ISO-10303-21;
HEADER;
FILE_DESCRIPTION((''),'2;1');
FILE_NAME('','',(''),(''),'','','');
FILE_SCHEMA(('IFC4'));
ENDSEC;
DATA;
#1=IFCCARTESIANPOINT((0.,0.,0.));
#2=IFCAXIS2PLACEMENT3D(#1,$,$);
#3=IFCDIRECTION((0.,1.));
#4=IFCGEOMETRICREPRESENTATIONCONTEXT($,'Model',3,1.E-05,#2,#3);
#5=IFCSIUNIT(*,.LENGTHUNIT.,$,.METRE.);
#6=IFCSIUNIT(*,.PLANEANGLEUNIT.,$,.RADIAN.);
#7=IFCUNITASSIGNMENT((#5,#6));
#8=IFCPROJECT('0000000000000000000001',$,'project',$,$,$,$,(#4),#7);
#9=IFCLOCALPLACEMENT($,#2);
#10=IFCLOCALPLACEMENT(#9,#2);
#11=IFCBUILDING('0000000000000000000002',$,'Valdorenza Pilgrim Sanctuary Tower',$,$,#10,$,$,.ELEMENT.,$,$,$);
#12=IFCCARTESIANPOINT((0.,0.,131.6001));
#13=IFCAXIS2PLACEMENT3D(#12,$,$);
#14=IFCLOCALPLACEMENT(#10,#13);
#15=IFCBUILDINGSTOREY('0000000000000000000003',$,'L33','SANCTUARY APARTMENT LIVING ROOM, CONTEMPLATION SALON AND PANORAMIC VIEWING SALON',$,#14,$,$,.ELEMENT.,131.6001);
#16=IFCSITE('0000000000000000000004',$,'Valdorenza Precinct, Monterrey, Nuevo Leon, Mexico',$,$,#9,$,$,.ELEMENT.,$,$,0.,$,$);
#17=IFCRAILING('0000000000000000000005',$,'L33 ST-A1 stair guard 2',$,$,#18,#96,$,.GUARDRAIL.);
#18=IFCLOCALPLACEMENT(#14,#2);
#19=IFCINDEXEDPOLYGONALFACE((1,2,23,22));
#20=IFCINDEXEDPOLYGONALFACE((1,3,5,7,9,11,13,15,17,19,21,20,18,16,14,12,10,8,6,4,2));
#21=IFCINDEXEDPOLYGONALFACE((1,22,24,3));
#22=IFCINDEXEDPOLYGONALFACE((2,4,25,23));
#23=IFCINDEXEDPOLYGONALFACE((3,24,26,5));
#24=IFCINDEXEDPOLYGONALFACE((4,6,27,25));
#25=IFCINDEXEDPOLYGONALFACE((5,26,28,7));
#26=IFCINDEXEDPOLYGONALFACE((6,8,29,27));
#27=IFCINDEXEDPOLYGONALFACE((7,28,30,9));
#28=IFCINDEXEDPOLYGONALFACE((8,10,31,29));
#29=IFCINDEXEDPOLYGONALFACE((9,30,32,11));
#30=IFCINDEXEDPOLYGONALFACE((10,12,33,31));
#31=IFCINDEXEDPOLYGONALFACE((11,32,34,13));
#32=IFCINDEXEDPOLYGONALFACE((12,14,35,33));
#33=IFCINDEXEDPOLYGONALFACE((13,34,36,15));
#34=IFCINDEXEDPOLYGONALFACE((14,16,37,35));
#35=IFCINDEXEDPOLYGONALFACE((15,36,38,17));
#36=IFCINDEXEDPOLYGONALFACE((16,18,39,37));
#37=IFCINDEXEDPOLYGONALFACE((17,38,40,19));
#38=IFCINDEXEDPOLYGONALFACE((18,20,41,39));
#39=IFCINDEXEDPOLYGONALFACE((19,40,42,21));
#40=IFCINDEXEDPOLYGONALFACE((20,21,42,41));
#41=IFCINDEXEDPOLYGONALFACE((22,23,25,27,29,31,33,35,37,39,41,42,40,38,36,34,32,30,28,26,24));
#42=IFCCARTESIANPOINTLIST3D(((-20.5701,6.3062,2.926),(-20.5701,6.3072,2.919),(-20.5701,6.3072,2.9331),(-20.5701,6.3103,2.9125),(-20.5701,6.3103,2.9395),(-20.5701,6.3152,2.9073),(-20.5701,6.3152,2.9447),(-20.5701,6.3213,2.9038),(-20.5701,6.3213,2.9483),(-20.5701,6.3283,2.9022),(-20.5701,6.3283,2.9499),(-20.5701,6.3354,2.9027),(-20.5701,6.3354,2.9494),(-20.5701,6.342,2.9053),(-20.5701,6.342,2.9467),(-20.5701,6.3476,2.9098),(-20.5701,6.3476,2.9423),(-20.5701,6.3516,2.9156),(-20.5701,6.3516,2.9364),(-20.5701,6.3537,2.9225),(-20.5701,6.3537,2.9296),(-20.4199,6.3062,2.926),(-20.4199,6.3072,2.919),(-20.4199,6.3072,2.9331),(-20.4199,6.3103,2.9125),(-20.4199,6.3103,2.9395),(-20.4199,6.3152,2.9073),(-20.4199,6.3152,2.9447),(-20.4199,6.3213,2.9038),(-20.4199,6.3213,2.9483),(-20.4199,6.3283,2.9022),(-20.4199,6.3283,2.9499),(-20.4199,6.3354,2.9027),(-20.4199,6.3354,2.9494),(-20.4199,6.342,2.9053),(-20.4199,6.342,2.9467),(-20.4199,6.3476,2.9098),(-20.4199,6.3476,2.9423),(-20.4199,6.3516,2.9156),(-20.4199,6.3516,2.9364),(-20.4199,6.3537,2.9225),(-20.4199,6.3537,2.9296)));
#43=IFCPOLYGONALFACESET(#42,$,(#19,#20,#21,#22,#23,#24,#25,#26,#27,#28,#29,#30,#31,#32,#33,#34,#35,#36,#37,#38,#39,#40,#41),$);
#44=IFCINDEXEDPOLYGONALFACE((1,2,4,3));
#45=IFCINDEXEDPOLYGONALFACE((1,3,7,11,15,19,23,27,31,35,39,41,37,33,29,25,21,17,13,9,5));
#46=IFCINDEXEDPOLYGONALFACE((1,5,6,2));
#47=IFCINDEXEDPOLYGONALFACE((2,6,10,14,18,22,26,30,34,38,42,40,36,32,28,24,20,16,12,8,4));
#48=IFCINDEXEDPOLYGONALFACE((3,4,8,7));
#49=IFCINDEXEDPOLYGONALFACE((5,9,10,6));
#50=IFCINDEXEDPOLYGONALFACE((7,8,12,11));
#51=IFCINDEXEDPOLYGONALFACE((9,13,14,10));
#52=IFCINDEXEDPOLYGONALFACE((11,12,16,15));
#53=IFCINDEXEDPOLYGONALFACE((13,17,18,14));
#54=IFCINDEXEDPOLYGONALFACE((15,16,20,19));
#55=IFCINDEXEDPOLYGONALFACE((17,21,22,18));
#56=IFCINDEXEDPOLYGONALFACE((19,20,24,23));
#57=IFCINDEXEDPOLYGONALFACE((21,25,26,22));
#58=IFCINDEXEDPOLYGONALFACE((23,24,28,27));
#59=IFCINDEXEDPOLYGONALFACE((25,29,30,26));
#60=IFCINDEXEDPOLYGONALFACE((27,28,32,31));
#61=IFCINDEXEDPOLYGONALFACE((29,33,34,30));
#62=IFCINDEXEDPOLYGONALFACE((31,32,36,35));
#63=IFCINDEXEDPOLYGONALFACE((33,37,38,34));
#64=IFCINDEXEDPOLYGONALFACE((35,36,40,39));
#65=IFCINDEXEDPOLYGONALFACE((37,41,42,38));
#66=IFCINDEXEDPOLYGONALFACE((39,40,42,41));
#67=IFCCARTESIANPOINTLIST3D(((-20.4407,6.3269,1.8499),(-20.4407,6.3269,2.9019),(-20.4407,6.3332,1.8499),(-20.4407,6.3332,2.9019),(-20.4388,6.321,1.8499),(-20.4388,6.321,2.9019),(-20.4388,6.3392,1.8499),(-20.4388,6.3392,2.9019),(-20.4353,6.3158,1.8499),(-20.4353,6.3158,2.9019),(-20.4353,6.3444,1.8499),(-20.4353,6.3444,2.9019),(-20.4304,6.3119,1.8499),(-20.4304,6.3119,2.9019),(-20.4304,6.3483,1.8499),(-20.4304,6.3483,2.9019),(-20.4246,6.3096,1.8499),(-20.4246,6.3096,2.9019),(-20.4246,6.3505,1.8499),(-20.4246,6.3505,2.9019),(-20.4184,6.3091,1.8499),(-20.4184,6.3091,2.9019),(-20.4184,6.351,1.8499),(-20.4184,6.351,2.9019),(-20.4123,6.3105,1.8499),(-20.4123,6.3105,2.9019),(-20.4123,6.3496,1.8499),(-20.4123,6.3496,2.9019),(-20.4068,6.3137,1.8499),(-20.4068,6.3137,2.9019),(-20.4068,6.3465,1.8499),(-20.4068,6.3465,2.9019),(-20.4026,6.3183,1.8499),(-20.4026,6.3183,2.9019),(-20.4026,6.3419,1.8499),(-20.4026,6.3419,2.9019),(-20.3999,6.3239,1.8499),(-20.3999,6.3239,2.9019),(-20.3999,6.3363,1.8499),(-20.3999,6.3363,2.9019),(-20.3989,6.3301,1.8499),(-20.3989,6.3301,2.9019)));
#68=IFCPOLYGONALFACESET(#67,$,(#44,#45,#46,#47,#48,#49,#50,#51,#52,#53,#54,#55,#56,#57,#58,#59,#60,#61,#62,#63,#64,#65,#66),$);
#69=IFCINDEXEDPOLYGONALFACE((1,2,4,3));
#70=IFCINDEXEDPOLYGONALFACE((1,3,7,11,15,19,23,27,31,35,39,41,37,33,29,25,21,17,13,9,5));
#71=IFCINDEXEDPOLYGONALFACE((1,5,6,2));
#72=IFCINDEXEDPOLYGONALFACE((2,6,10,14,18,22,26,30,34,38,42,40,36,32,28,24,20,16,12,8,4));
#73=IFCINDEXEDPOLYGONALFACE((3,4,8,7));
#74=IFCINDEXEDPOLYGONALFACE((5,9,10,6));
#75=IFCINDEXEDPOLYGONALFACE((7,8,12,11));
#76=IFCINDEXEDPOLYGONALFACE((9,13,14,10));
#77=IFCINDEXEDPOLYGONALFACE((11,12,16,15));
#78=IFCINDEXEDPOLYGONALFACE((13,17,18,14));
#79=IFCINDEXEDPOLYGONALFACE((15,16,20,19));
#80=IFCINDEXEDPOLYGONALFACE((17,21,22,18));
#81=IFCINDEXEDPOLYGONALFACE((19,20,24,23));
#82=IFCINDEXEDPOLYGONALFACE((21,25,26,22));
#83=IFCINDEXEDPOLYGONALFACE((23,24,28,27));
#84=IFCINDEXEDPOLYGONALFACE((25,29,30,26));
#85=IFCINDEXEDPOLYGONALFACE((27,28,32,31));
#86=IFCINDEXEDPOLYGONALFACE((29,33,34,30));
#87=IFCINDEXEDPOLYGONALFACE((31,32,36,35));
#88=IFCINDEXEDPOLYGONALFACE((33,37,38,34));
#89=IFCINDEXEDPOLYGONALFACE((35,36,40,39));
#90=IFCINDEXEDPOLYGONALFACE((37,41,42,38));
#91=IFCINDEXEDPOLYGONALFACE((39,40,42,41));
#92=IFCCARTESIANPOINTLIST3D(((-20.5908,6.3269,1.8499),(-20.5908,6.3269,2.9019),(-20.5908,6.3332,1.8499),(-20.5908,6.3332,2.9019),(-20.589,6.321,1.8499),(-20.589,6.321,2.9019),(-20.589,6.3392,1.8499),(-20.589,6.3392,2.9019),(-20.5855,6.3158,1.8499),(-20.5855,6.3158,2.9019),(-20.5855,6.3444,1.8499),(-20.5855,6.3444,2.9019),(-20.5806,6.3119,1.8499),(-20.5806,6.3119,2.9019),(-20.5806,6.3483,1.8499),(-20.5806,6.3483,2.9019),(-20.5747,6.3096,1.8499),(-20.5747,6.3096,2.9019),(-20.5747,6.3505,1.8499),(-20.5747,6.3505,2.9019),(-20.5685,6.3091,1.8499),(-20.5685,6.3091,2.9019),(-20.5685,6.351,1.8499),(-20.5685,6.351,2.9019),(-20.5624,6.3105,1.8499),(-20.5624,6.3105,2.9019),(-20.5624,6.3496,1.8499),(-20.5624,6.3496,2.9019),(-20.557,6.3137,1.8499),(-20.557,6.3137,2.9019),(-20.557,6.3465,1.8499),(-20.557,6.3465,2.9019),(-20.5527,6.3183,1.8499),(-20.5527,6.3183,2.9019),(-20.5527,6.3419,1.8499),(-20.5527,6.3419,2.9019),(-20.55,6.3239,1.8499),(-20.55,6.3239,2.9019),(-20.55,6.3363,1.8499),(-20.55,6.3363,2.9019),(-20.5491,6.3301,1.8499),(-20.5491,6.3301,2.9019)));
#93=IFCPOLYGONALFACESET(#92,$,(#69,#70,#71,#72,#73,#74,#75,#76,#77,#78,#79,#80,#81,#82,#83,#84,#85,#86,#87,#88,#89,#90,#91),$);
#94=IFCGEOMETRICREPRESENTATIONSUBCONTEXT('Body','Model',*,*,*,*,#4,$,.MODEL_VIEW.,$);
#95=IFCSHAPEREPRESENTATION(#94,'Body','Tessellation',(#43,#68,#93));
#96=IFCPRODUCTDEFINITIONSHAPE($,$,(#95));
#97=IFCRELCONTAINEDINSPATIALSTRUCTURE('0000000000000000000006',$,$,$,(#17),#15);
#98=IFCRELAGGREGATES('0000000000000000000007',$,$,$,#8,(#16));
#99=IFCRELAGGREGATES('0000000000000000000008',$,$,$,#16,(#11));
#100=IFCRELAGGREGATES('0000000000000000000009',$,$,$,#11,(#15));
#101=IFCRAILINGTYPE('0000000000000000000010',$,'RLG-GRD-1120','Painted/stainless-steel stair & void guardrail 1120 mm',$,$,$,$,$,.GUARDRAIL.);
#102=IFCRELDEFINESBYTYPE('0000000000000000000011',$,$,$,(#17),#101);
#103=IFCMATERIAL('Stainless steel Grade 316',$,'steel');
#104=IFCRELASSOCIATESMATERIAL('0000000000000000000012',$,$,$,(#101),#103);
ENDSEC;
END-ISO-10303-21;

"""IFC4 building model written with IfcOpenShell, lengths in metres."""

from ifc_helpers import new_model, si_unit, direction, frame, origin, origin_2d, place, context, subcontext, project, spatial, circle, extrude, material, type_object, element, save


model = new_model("IFC4")

# Units and contexts
model_context = context("Model", 3, precision=1e-05, world=origin(), true_north=direction((0.0, 1.0)))
body_context = subcontext(model_context, "Body", "Model", "MODEL_VIEW")
ifc_project = project(units=[si_unit("LENGTHUNIT", "METRE"), si_unit("PLANEANGLEUNIT", "RADIAN")], contexts=[model_context])

# Site, building, storey
site_placement = place(None, origin())
site = spatial("IfcSite", under=ifc_project, at=site_placement, Name="Valdorenza Precinct, Monterrey, Nuevo Leon, Mexico", CompositionType="ELEMENT", RefElevation=0.0)
building_placement = place(site_placement, origin())
building = spatial("IfcBuilding", under=site, at=building_placement, Name="Valdorenza Pilgrim Sanctuary Tower", CompositionType="ELEMENT")
storey_placement = place(building_placement, frame((0.0, 0.0, 131.6001)))
storey = spatial("IfcBuildingStorey", under=building, at=storey_placement, Name="L33", Description="SANCTUARY APARTMENT LIVING ROOM, CONTEMPLATION SALON AND PANORAMIC VIEWING SALON", CompositionType="ELEMENT", Elevation=131.6001)

# Railing
ifc_material_1 = material(Name="Stainless steel Grade 316", Category="steel")
railing_type_1 = type_object("IfcRailingType", Name="RLG-GRD-1120", Description="Painted/stainless-steel stair & void guardrail 1120 mm", PredefinedType="GUARDRAIL", material=ifc_material_1)
railing_1_placement = place(storey_placement, frame((-20.4199, 6.3301, 1.8499)))
element("IfcRailing", 1, at=railing_1_placement, inside=storey, type_object=railing_type_1, Name="L33 ST-A1 stair guard 2", PredefinedType="GUARDRAIL", context=body_context, shape_type="SweptSolid", body=[
    extrude(circle(Radius=0.0239, at=origin_2d()), frame((0.0, 0.0, 1.0762), z_axis=(-1.0, 0.0, 0.0), x_axis=(0.0, -1.0, 0.0)), (0.0, 0.0, 1.0), 0.1501),
    extrude(circle(Radius=0.021, at=origin_2d()), origin(), (0.0, 0.0, 1.0), 1.052),
    extrude(circle(Radius=0.021, at=origin_2d()), frame((-0.1501, 0.0, 0.0)), (0.0, 0.0, 1.0), 1.052),
])

save(model, "model.ifc")
